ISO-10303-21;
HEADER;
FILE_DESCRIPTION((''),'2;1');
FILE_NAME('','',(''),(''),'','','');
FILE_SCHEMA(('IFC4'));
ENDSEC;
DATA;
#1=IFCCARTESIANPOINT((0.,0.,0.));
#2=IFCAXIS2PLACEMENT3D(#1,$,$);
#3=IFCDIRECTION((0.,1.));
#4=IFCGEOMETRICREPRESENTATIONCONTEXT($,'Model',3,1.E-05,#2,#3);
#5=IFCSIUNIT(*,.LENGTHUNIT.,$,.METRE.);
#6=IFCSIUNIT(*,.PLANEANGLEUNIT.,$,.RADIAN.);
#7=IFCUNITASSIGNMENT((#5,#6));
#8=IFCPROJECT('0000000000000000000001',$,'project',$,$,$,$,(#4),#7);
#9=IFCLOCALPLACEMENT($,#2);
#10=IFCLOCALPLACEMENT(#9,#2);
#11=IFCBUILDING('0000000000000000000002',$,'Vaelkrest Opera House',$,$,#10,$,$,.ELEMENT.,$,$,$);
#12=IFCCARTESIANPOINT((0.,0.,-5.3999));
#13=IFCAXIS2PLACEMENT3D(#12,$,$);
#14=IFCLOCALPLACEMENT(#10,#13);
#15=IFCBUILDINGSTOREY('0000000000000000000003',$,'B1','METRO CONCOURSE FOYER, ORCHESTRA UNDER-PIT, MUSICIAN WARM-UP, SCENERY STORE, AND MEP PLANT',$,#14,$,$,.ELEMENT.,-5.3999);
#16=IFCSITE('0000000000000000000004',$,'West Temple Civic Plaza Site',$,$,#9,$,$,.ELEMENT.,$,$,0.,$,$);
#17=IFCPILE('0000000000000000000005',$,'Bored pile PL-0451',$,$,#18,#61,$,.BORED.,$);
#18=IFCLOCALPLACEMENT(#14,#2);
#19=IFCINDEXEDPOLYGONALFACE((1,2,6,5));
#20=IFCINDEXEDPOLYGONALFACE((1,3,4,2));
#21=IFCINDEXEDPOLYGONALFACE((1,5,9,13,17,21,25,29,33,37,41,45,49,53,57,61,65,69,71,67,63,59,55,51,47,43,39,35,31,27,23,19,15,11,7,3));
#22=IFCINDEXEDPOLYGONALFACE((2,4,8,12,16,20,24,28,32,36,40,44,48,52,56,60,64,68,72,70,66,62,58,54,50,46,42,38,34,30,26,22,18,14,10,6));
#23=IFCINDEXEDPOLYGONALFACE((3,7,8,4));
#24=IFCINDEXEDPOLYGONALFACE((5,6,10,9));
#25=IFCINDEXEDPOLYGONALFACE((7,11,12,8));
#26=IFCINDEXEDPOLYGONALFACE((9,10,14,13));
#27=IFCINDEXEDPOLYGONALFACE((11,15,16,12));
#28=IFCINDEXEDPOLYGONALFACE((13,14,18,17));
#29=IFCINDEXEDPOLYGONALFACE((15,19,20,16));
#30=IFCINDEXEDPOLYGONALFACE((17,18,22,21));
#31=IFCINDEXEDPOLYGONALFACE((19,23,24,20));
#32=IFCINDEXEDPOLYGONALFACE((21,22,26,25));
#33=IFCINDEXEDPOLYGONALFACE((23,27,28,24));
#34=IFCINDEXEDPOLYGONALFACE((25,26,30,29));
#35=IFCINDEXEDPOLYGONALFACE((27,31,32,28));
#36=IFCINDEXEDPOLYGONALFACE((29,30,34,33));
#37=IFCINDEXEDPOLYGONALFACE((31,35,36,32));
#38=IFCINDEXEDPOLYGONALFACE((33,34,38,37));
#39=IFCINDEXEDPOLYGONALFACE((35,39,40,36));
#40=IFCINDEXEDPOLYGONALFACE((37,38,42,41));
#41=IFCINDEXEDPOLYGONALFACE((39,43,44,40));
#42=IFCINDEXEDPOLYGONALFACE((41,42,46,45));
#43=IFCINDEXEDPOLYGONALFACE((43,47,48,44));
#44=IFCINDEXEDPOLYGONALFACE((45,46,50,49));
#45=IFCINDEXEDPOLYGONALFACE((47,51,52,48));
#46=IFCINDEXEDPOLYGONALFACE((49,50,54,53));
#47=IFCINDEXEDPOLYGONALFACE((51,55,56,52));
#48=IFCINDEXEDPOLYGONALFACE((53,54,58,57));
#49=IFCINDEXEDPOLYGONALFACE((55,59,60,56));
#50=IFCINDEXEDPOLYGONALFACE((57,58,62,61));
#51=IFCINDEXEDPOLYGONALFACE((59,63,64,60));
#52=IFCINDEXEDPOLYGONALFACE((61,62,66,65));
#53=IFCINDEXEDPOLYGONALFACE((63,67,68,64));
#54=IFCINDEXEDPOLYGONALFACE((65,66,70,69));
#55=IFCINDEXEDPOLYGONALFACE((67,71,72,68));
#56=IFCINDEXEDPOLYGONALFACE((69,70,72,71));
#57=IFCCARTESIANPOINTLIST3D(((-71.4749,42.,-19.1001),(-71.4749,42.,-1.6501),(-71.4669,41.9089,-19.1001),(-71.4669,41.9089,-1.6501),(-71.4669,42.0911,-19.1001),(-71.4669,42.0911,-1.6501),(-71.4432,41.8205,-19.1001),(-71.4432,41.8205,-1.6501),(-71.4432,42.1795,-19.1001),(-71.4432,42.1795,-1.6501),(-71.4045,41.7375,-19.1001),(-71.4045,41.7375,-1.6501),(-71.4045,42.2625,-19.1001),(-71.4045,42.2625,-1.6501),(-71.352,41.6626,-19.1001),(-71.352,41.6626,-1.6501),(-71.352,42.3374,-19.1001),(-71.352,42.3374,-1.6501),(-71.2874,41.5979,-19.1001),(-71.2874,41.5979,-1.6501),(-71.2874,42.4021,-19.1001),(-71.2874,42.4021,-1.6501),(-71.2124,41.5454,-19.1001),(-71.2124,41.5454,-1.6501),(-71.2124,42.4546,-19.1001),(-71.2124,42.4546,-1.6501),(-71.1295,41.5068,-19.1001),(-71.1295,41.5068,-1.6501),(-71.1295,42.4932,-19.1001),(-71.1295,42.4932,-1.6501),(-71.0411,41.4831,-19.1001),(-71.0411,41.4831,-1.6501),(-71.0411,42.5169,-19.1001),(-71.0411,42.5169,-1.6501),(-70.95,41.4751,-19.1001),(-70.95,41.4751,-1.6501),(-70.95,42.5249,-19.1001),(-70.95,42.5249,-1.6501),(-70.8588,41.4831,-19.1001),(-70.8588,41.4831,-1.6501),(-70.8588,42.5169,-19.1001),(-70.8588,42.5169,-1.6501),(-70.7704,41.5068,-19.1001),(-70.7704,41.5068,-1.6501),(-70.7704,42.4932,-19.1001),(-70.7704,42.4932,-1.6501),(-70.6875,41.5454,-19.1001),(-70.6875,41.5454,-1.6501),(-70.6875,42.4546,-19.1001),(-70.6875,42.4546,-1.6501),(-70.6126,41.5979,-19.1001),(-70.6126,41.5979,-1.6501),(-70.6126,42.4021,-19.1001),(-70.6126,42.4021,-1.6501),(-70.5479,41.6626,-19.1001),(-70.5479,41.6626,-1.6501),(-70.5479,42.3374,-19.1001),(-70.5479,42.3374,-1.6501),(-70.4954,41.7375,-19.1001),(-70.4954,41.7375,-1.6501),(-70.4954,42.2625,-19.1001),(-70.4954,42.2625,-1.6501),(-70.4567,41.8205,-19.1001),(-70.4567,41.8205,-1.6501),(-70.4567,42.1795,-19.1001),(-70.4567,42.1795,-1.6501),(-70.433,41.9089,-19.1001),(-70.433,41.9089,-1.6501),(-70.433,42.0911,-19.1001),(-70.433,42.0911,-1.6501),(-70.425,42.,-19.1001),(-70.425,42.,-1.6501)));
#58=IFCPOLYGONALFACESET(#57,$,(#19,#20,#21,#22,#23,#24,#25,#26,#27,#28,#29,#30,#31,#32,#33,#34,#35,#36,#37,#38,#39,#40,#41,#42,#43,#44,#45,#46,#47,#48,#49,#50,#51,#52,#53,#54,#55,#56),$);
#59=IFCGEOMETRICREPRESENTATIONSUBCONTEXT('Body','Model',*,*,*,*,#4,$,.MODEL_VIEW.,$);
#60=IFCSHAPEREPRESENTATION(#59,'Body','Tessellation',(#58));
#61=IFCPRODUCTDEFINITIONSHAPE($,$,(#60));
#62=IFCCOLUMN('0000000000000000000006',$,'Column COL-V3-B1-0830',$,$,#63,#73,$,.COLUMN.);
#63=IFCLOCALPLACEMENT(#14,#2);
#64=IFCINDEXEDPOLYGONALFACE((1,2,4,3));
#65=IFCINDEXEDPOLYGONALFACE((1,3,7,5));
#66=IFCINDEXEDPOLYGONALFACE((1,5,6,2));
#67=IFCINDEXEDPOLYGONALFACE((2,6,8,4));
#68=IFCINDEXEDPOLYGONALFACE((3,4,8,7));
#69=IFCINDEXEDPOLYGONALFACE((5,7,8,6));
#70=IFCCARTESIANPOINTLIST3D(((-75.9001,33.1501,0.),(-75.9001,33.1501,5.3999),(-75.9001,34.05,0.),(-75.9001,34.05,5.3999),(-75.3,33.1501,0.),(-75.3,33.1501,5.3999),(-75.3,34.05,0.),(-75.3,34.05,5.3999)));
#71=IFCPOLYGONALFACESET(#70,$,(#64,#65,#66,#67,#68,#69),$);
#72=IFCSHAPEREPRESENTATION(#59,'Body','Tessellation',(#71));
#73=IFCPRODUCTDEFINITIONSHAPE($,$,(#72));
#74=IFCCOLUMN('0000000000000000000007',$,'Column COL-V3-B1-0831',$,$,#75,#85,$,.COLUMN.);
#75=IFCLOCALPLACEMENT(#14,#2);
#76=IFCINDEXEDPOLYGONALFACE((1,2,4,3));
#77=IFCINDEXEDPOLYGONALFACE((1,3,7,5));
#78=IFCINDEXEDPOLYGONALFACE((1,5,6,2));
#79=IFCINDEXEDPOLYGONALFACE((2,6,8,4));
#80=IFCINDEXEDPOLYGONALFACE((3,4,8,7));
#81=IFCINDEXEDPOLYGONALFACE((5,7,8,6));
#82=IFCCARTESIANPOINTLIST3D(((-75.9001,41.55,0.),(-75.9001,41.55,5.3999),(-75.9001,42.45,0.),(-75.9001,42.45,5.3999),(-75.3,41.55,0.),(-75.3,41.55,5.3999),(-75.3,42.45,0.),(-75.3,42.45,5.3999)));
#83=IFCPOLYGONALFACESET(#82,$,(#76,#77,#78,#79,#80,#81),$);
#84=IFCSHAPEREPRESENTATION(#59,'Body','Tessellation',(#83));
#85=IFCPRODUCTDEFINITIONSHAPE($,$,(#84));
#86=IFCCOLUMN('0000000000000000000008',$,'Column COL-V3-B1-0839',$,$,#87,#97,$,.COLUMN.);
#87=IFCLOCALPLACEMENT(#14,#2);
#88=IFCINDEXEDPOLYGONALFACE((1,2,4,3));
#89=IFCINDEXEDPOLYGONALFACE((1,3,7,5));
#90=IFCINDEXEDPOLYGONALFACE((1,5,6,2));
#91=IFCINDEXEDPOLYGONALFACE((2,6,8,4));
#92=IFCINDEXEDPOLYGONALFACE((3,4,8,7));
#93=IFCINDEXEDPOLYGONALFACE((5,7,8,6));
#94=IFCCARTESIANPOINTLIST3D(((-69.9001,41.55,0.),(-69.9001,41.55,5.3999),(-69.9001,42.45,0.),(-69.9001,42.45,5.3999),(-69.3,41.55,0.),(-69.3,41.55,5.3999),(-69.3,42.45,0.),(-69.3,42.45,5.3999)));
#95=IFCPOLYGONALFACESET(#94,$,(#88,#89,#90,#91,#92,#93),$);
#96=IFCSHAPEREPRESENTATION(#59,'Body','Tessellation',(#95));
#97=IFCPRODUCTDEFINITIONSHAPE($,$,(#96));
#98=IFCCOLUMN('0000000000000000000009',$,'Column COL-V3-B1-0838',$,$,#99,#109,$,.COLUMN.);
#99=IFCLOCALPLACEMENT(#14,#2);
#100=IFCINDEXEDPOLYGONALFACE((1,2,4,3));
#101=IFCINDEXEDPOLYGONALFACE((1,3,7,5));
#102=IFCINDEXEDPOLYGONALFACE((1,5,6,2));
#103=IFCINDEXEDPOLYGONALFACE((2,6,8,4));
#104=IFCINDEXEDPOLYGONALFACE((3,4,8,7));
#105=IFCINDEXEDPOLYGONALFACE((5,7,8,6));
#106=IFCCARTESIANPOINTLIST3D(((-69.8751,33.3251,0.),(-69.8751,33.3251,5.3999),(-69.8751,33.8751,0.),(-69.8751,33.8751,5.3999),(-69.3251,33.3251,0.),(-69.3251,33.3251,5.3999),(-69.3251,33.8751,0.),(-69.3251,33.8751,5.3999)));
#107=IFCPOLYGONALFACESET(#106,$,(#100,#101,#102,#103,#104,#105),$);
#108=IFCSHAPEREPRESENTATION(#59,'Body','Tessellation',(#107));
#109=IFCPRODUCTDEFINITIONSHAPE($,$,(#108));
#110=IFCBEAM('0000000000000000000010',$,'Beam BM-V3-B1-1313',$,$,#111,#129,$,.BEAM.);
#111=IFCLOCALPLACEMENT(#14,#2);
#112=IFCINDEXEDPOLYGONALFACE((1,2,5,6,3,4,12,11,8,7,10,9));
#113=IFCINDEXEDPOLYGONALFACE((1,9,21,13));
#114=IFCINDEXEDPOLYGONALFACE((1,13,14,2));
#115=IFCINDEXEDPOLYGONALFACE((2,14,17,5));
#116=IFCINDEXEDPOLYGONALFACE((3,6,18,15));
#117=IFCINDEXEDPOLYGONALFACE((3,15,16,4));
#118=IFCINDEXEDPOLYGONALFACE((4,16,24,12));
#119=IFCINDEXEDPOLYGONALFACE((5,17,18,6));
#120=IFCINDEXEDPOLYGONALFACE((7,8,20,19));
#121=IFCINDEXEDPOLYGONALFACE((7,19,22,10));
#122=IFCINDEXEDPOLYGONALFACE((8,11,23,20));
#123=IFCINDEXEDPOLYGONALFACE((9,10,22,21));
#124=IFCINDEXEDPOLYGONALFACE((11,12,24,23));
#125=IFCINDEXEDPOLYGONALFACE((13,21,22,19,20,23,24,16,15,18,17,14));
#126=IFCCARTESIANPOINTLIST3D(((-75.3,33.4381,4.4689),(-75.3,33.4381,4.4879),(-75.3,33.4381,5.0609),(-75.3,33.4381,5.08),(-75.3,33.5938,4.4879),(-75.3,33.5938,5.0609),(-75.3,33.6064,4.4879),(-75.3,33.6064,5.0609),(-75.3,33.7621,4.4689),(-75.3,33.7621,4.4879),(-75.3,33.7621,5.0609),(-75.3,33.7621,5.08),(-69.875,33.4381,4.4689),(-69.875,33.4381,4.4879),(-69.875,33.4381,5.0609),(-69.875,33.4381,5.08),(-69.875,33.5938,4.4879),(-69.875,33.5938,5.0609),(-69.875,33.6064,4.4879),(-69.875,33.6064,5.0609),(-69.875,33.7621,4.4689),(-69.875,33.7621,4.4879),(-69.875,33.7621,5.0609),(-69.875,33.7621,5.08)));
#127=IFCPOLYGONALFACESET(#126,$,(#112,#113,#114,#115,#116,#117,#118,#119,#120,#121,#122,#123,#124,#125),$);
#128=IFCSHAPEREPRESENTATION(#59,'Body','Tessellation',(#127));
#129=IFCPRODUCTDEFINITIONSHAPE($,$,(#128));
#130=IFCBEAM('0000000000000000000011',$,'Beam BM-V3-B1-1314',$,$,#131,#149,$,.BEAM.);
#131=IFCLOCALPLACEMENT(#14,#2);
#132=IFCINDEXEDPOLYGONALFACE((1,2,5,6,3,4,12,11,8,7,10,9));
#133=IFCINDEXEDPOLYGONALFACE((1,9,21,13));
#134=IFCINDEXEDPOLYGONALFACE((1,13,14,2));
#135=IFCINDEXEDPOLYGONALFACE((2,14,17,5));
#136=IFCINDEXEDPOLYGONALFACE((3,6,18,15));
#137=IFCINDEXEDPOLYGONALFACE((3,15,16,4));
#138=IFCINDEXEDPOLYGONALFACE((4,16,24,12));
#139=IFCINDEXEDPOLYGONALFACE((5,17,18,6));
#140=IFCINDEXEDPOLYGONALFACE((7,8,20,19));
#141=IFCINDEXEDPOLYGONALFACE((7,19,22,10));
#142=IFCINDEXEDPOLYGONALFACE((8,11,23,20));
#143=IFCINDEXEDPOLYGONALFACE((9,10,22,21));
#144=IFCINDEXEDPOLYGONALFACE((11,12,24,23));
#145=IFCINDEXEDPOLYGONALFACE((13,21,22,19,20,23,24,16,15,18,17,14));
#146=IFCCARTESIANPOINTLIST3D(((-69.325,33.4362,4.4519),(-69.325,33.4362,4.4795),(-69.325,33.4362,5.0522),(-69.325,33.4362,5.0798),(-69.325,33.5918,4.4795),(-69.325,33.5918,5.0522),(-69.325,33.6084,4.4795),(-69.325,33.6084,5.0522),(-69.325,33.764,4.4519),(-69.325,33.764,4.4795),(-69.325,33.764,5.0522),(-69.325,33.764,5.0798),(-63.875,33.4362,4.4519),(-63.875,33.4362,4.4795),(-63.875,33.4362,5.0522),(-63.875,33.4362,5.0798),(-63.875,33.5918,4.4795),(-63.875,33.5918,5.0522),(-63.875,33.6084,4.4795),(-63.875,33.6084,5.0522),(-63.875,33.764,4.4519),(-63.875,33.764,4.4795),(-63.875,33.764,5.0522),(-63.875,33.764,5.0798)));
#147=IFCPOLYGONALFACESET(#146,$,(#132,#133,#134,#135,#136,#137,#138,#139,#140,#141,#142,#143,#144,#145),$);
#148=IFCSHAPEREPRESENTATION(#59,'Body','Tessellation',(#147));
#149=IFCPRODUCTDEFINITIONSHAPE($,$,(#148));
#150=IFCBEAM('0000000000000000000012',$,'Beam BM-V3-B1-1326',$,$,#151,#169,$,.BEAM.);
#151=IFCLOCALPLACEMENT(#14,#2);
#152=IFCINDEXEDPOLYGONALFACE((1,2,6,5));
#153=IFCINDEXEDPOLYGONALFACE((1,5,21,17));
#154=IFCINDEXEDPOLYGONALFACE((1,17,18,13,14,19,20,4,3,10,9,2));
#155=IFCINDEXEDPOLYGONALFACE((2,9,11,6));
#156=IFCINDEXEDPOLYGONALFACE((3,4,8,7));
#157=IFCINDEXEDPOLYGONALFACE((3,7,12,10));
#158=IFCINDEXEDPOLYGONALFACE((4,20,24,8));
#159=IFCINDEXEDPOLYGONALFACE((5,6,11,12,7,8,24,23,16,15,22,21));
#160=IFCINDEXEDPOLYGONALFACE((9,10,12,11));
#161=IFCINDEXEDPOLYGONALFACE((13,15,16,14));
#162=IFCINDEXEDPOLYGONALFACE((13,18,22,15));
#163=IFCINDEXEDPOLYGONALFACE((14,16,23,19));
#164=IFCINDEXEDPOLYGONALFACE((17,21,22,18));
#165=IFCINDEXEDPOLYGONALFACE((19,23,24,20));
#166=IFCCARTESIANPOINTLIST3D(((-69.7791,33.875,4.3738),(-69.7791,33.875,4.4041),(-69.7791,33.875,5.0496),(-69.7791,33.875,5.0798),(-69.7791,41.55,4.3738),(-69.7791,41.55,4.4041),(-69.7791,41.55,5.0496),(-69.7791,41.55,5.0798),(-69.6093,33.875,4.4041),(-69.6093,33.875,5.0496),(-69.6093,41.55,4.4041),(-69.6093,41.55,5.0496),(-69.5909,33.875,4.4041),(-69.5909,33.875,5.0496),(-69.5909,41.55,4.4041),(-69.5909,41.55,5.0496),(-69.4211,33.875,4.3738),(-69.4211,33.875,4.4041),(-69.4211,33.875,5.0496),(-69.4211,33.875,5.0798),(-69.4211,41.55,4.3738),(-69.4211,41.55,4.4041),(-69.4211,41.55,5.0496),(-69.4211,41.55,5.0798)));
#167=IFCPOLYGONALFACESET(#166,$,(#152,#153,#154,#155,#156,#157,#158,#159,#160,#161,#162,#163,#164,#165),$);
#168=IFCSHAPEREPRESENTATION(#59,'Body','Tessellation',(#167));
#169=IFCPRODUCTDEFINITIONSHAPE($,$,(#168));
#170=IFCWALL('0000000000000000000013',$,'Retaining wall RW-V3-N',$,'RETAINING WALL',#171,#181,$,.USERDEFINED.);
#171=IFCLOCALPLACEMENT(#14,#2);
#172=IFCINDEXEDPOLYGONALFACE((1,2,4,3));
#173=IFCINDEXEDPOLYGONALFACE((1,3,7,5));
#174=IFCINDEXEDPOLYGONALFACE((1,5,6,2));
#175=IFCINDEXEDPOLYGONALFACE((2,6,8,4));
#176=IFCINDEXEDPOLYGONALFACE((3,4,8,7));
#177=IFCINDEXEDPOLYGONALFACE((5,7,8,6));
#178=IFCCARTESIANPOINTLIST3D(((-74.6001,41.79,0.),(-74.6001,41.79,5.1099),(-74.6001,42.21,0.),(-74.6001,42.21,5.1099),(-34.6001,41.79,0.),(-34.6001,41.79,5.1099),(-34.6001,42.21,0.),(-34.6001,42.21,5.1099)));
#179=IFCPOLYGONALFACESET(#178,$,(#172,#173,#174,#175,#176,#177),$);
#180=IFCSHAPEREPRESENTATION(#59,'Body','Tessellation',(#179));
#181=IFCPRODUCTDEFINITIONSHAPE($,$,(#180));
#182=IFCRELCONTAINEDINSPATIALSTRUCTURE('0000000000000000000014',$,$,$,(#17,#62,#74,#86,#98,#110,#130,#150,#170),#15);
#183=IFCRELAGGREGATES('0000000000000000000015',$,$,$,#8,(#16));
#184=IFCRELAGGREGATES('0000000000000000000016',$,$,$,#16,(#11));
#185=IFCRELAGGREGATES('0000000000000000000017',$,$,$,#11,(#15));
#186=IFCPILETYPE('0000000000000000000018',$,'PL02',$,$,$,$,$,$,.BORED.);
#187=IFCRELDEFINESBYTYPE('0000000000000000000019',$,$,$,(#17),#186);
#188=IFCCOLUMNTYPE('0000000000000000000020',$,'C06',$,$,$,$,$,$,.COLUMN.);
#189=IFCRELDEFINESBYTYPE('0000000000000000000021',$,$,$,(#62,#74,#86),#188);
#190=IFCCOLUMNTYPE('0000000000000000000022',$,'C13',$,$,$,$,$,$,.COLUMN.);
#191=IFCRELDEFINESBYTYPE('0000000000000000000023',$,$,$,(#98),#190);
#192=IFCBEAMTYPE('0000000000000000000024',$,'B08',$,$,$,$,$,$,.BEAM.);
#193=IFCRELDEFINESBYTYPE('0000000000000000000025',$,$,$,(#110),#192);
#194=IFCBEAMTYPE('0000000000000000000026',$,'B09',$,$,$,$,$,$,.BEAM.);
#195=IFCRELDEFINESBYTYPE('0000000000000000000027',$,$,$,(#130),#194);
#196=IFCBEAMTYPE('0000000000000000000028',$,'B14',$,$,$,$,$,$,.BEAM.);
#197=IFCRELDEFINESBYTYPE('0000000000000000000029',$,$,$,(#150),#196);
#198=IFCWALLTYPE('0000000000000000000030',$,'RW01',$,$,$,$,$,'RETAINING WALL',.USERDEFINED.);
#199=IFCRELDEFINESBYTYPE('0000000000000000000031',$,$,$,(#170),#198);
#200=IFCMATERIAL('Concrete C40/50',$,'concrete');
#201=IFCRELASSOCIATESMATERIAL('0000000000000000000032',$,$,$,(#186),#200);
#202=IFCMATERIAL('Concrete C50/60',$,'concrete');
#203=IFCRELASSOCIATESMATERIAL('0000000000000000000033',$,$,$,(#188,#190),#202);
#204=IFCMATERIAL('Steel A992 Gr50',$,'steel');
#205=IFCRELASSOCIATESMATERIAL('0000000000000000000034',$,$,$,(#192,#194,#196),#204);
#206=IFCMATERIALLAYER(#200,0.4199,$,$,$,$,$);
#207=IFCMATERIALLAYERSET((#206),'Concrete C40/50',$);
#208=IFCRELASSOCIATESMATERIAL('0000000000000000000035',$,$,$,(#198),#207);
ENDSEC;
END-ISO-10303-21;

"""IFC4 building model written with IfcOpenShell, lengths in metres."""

from ifc_helpers import new_model, si_unit, direction, frame, frame_2d, origin, origin_2d, place, context, subcontext, project, spatial, rectangle, circle, i_section, extrude, material, layer, layer_set, material_profile, profile_set, type_object, element, save


model = new_model("IFC4")

# Units and contexts
model_context = context("Model", 3, precision=1e-05, world=origin(), true_north=direction((0.0, 1.0)))
body_context = subcontext(model_context, "Body", "Model", "MODEL_VIEW")
ifc_project = project(units=[si_unit("LENGTHUNIT", "METRE"), si_unit("PLANEANGLEUNIT", "RADIAN")], contexts=[model_context])

# Site, building, storey
site_placement = place(None, origin())
site = spatial("IfcSite", under=ifc_project, at=site_placement, Name="West Temple Civic Plaza Site", CompositionType="ELEMENT", RefElevation=0.0)
building_placement = place(site_placement, origin())
building = spatial("IfcBuilding", under=site, at=building_placement, Name="Vaelkrest Opera House", CompositionType="ELEMENT")
storey_placement = place(building_placement, frame((0.0, 0.0, -5.3999)))
storey = spatial("IfcBuildingStorey", under=building, at=storey_placement, Name="B1", Description="METRO CONCOURSE FOYER, ORCHESTRA UNDER-PIT, MUSICIAN WARM-UP, SCENERY STORE, AND MEP PLANT", CompositionType="ELEMENT", Elevation=-5.3999)

# Shared definitions
ifc_material_1 = material(Name="Concrete C40/50", Category="concrete")

# Pile
ifc_material_profile_1 = material_profile(ifc_material_1, circle(Radius=0.5249, at=origin_2d()), Name="PILE1050")
ifc_profile_set_1 = profile_set([ifc_material_profile_1], Name="Concrete C40/50")
pile_type = type_object("IfcPileType", Name="PL02", PredefinedType="BORED", material=ifc_profile_set_1)
pile_placement = place(storey_placement, frame((-70.95, 42.0, -1.6501), z_axis=(0.0, 0.0, -1.0), x_axis=(1.0, 0.0, 0.0)))
element("IfcPile", 1, at=pile_placement, inside=storey, type_object=pile_type, Name="Bored pile PL-0451", PredefinedType="BORED", context=body_context, shape_type="SweptSolid", body=[
    extrude(circle(Radius=0.5249, at=origin_2d()), origin(), (0.0, 0.0, 1.0), 17.45),
])

# Columns
ifc_material_2 = material(Name="Concrete C50/60", Category="concrete")
ifc_material_profile_2 = material_profile(ifc_material_2, rectangle(XDim=0.6001, YDim=0.8999, at=origin_2d()), Name="RC600X900")
ifc_profile_set_2 = profile_set([ifc_material_profile_2], Name="Concrete C50/60")
column_type_1 = type_object("IfcColumnType", Name="C06", PredefinedType="COLUMN", material=ifc_profile_set_2)
for number, where, z_axis, x_axis, name in (
    (2, (-75.6001, 33.6001, 0.0), (0.0, 0.0, 1.0), (1.0, 0.0, 0.0), "Column COL-V3-B1-0830"),
    (3, (-75.6001, 42.0, 0.0), (0.0, 0.0, 1.0), (1.0, 0.0, 0.0), "Column COL-V3-B1-0831"),
    (4, (-69.6001, 42.0, 0.0), (0.0, 0.0, 1.0), (1.0, 0.0, 0.0), "Column COL-V3-B1-0839"),
):
    element("IfcColumn", number, at=place(storey_placement, frame(where, z_axis=z_axis, x_axis=x_axis)), inside=storey, type_object=column_type_1, Name=name, PredefinedType="COLUMN", context=body_context, shape_type="SweptSolid", body=[
        extrude(rectangle(XDim=0.6001, YDim=0.8999, at=origin_2d()), origin(), (0.0, 0.0, 1.0), 5.3999),
    ])
ifc_material_profile_3 = material_profile(ifc_material_2, rectangle(XDim=0.55, YDim=0.55, at=origin_2d()), Name="RC550X550")
ifc_profile_set_3 = profile_set([ifc_material_profile_3], Name="Concrete C50/60")
column_type_2 = type_object("IfcColumnType", Name="C13", PredefinedType="COLUMN", material=ifc_profile_set_3)
column_placement = place(storey_placement, frame((-69.6001, 33.6001, 0.0), z_axis=(0.0, 0.0, 1.0), x_axis=(1.0, 0.0, 0.0)))
element("IfcColumn", 5, at=column_placement, inside=storey, type_object=column_type_2, Name="Column COL-V3-B1-0838", PredefinedType="COLUMN", context=body_context, shape_type="SweptSolid", body=[
    extrude(rectangle(XDim=0.55, YDim=0.55, at=origin_2d()), origin(), (0.0, 0.0, 1.0), 5.3999),
])

# Beams
ifc_material_3 = material(Name="Steel A992 Gr50", Category="steel")
ifc_material_profile_4 = material_profile(ifc_material_3, i_section(OverallWidth=0.324, OverallDepth=0.6111, WebThickness=0.0127, FlangeThickness=0.019, at=origin_2d()), Name="W24X104")
ifc_profile_set_4 = profile_set([ifc_material_profile_4], Name="Steel A992 Gr50")
beam_type_1 = type_object("IfcBeamType", Name="B08", PredefinedType="BEAM", material=ifc_profile_set_4)
beam_1_placement = place(storey_placement, frame((-75.3, 33.6001, 4.7744), z_axis=(1.0, 0.0, 0.0), x_axis=(0.0, 1.0, 0.0)))
element("IfcBeam", 6, at=beam_1_placement, inside=storey, type_object=beam_type_1, Name="Beam BM-V3-B1-1313", PredefinedType="BEAM", context=body_context, shape_type="SweptSolid", body=[
    extrude(i_section(OverallWidth=0.324, OverallDepth=0.6111, WebThickness=0.0127, FlangeThickness=0.019, at=origin_2d()), origin(), (0.0, 0.0, 1.0), 5.425),
])
ifc_material_profile_5 = material_profile(ifc_material_3, i_section(OverallWidth=0.3279, OverallDepth=0.6279, WebThickness=0.0166, FlangeThickness=0.0276, at=origin_2d()), Name="W24X146")
ifc_profile_set_5 = profile_set([ifc_material_profile_5], Name="Steel A992 Gr50")
beam_type_2 = type_object("IfcBeamType", Name="B09", PredefinedType="BEAM", material=ifc_profile_set_5)
beam_2_placement = place(storey_placement, frame((-69.325, 33.6001, 4.7659), z_axis=(1.0, 0.0, 0.0), x_axis=(0.0, 1.0, 0.0)))
element("IfcBeam", 7, at=beam_2_placement, inside=storey, type_object=beam_type_2, Name="Beam BM-V3-B1-1314", PredefinedType="BEAM", context=body_context, shape_type="SweptSolid", body=[
    extrude(i_section(OverallWidth=0.3279, OverallDepth=0.6279, WebThickness=0.0166, FlangeThickness=0.0276, at=origin_2d()), origin(), (0.0, 0.0, 1.0), 5.45),
])
ifc_material_profile_6 = material_profile(ifc_material_3, i_section(OverallWidth=0.3579, OverallDepth=0.7061, WebThickness=0.0183, FlangeThickness=0.0303, at=origin_2d()), Name="W27X178")
ifc_profile_set_6 = profile_set([ifc_material_profile_6], Name="Steel A992 Gr50")
beam_type_3 = type_object("IfcBeamType", Name="B14", PredefinedType="BEAM", material=ifc_profile_set_6)
beam_3_placement = place(storey_placement, frame((-69.6001, 33.875, 4.7268), z_axis=(0.0, 1.0, 0.0), x_axis=(-1.0, 0.0, 0.0)))
element("IfcBeam", 8, at=beam_3_placement, inside=storey, type_object=beam_type_3, Name="Beam BM-V3-B1-1326", PredefinedType="BEAM", context=body_context, shape_type="SweptSolid", body=[
    extrude(i_section(OverallWidth=0.3579, OverallDepth=0.7061, WebThickness=0.0183, FlangeThickness=0.0303, at=origin_2d()), origin(), (0.0, 0.0, 1.0), 7.675),
])

# Wall
ifc_layer = layer(ifc_material_1, 0.4199)
ifc_layer_set = layer_set([ifc_layer], Name="Concrete C40/50")
wall_type = type_object("IfcWallType", Name="RW01", ElementType="RETAINING WALL", PredefinedType="USERDEFINED", material=ifc_layer_set)
wall_placement = place(storey_placement, frame((-74.6001, 42.0, 0.0), z_axis=(0.0, 0.0, 1.0), x_axis=(1.0, 0.0, 0.0)))
element("IfcWall", 9, at=wall_placement, inside=storey, type_object=wall_type, Name="Retaining wall RW-V3-N", ObjectType="RETAINING WALL", PredefinedType="USERDEFINED", context=body_context, shape_type="SweptSolid", body=[
    extrude(rectangle(XDim=40.0, YDim=0.4199, at=frame_2d((20.0, 0.0))), origin(), (0.0, 0.0, 1.0), 5.1099),
])

save(model, "model.ifc")
